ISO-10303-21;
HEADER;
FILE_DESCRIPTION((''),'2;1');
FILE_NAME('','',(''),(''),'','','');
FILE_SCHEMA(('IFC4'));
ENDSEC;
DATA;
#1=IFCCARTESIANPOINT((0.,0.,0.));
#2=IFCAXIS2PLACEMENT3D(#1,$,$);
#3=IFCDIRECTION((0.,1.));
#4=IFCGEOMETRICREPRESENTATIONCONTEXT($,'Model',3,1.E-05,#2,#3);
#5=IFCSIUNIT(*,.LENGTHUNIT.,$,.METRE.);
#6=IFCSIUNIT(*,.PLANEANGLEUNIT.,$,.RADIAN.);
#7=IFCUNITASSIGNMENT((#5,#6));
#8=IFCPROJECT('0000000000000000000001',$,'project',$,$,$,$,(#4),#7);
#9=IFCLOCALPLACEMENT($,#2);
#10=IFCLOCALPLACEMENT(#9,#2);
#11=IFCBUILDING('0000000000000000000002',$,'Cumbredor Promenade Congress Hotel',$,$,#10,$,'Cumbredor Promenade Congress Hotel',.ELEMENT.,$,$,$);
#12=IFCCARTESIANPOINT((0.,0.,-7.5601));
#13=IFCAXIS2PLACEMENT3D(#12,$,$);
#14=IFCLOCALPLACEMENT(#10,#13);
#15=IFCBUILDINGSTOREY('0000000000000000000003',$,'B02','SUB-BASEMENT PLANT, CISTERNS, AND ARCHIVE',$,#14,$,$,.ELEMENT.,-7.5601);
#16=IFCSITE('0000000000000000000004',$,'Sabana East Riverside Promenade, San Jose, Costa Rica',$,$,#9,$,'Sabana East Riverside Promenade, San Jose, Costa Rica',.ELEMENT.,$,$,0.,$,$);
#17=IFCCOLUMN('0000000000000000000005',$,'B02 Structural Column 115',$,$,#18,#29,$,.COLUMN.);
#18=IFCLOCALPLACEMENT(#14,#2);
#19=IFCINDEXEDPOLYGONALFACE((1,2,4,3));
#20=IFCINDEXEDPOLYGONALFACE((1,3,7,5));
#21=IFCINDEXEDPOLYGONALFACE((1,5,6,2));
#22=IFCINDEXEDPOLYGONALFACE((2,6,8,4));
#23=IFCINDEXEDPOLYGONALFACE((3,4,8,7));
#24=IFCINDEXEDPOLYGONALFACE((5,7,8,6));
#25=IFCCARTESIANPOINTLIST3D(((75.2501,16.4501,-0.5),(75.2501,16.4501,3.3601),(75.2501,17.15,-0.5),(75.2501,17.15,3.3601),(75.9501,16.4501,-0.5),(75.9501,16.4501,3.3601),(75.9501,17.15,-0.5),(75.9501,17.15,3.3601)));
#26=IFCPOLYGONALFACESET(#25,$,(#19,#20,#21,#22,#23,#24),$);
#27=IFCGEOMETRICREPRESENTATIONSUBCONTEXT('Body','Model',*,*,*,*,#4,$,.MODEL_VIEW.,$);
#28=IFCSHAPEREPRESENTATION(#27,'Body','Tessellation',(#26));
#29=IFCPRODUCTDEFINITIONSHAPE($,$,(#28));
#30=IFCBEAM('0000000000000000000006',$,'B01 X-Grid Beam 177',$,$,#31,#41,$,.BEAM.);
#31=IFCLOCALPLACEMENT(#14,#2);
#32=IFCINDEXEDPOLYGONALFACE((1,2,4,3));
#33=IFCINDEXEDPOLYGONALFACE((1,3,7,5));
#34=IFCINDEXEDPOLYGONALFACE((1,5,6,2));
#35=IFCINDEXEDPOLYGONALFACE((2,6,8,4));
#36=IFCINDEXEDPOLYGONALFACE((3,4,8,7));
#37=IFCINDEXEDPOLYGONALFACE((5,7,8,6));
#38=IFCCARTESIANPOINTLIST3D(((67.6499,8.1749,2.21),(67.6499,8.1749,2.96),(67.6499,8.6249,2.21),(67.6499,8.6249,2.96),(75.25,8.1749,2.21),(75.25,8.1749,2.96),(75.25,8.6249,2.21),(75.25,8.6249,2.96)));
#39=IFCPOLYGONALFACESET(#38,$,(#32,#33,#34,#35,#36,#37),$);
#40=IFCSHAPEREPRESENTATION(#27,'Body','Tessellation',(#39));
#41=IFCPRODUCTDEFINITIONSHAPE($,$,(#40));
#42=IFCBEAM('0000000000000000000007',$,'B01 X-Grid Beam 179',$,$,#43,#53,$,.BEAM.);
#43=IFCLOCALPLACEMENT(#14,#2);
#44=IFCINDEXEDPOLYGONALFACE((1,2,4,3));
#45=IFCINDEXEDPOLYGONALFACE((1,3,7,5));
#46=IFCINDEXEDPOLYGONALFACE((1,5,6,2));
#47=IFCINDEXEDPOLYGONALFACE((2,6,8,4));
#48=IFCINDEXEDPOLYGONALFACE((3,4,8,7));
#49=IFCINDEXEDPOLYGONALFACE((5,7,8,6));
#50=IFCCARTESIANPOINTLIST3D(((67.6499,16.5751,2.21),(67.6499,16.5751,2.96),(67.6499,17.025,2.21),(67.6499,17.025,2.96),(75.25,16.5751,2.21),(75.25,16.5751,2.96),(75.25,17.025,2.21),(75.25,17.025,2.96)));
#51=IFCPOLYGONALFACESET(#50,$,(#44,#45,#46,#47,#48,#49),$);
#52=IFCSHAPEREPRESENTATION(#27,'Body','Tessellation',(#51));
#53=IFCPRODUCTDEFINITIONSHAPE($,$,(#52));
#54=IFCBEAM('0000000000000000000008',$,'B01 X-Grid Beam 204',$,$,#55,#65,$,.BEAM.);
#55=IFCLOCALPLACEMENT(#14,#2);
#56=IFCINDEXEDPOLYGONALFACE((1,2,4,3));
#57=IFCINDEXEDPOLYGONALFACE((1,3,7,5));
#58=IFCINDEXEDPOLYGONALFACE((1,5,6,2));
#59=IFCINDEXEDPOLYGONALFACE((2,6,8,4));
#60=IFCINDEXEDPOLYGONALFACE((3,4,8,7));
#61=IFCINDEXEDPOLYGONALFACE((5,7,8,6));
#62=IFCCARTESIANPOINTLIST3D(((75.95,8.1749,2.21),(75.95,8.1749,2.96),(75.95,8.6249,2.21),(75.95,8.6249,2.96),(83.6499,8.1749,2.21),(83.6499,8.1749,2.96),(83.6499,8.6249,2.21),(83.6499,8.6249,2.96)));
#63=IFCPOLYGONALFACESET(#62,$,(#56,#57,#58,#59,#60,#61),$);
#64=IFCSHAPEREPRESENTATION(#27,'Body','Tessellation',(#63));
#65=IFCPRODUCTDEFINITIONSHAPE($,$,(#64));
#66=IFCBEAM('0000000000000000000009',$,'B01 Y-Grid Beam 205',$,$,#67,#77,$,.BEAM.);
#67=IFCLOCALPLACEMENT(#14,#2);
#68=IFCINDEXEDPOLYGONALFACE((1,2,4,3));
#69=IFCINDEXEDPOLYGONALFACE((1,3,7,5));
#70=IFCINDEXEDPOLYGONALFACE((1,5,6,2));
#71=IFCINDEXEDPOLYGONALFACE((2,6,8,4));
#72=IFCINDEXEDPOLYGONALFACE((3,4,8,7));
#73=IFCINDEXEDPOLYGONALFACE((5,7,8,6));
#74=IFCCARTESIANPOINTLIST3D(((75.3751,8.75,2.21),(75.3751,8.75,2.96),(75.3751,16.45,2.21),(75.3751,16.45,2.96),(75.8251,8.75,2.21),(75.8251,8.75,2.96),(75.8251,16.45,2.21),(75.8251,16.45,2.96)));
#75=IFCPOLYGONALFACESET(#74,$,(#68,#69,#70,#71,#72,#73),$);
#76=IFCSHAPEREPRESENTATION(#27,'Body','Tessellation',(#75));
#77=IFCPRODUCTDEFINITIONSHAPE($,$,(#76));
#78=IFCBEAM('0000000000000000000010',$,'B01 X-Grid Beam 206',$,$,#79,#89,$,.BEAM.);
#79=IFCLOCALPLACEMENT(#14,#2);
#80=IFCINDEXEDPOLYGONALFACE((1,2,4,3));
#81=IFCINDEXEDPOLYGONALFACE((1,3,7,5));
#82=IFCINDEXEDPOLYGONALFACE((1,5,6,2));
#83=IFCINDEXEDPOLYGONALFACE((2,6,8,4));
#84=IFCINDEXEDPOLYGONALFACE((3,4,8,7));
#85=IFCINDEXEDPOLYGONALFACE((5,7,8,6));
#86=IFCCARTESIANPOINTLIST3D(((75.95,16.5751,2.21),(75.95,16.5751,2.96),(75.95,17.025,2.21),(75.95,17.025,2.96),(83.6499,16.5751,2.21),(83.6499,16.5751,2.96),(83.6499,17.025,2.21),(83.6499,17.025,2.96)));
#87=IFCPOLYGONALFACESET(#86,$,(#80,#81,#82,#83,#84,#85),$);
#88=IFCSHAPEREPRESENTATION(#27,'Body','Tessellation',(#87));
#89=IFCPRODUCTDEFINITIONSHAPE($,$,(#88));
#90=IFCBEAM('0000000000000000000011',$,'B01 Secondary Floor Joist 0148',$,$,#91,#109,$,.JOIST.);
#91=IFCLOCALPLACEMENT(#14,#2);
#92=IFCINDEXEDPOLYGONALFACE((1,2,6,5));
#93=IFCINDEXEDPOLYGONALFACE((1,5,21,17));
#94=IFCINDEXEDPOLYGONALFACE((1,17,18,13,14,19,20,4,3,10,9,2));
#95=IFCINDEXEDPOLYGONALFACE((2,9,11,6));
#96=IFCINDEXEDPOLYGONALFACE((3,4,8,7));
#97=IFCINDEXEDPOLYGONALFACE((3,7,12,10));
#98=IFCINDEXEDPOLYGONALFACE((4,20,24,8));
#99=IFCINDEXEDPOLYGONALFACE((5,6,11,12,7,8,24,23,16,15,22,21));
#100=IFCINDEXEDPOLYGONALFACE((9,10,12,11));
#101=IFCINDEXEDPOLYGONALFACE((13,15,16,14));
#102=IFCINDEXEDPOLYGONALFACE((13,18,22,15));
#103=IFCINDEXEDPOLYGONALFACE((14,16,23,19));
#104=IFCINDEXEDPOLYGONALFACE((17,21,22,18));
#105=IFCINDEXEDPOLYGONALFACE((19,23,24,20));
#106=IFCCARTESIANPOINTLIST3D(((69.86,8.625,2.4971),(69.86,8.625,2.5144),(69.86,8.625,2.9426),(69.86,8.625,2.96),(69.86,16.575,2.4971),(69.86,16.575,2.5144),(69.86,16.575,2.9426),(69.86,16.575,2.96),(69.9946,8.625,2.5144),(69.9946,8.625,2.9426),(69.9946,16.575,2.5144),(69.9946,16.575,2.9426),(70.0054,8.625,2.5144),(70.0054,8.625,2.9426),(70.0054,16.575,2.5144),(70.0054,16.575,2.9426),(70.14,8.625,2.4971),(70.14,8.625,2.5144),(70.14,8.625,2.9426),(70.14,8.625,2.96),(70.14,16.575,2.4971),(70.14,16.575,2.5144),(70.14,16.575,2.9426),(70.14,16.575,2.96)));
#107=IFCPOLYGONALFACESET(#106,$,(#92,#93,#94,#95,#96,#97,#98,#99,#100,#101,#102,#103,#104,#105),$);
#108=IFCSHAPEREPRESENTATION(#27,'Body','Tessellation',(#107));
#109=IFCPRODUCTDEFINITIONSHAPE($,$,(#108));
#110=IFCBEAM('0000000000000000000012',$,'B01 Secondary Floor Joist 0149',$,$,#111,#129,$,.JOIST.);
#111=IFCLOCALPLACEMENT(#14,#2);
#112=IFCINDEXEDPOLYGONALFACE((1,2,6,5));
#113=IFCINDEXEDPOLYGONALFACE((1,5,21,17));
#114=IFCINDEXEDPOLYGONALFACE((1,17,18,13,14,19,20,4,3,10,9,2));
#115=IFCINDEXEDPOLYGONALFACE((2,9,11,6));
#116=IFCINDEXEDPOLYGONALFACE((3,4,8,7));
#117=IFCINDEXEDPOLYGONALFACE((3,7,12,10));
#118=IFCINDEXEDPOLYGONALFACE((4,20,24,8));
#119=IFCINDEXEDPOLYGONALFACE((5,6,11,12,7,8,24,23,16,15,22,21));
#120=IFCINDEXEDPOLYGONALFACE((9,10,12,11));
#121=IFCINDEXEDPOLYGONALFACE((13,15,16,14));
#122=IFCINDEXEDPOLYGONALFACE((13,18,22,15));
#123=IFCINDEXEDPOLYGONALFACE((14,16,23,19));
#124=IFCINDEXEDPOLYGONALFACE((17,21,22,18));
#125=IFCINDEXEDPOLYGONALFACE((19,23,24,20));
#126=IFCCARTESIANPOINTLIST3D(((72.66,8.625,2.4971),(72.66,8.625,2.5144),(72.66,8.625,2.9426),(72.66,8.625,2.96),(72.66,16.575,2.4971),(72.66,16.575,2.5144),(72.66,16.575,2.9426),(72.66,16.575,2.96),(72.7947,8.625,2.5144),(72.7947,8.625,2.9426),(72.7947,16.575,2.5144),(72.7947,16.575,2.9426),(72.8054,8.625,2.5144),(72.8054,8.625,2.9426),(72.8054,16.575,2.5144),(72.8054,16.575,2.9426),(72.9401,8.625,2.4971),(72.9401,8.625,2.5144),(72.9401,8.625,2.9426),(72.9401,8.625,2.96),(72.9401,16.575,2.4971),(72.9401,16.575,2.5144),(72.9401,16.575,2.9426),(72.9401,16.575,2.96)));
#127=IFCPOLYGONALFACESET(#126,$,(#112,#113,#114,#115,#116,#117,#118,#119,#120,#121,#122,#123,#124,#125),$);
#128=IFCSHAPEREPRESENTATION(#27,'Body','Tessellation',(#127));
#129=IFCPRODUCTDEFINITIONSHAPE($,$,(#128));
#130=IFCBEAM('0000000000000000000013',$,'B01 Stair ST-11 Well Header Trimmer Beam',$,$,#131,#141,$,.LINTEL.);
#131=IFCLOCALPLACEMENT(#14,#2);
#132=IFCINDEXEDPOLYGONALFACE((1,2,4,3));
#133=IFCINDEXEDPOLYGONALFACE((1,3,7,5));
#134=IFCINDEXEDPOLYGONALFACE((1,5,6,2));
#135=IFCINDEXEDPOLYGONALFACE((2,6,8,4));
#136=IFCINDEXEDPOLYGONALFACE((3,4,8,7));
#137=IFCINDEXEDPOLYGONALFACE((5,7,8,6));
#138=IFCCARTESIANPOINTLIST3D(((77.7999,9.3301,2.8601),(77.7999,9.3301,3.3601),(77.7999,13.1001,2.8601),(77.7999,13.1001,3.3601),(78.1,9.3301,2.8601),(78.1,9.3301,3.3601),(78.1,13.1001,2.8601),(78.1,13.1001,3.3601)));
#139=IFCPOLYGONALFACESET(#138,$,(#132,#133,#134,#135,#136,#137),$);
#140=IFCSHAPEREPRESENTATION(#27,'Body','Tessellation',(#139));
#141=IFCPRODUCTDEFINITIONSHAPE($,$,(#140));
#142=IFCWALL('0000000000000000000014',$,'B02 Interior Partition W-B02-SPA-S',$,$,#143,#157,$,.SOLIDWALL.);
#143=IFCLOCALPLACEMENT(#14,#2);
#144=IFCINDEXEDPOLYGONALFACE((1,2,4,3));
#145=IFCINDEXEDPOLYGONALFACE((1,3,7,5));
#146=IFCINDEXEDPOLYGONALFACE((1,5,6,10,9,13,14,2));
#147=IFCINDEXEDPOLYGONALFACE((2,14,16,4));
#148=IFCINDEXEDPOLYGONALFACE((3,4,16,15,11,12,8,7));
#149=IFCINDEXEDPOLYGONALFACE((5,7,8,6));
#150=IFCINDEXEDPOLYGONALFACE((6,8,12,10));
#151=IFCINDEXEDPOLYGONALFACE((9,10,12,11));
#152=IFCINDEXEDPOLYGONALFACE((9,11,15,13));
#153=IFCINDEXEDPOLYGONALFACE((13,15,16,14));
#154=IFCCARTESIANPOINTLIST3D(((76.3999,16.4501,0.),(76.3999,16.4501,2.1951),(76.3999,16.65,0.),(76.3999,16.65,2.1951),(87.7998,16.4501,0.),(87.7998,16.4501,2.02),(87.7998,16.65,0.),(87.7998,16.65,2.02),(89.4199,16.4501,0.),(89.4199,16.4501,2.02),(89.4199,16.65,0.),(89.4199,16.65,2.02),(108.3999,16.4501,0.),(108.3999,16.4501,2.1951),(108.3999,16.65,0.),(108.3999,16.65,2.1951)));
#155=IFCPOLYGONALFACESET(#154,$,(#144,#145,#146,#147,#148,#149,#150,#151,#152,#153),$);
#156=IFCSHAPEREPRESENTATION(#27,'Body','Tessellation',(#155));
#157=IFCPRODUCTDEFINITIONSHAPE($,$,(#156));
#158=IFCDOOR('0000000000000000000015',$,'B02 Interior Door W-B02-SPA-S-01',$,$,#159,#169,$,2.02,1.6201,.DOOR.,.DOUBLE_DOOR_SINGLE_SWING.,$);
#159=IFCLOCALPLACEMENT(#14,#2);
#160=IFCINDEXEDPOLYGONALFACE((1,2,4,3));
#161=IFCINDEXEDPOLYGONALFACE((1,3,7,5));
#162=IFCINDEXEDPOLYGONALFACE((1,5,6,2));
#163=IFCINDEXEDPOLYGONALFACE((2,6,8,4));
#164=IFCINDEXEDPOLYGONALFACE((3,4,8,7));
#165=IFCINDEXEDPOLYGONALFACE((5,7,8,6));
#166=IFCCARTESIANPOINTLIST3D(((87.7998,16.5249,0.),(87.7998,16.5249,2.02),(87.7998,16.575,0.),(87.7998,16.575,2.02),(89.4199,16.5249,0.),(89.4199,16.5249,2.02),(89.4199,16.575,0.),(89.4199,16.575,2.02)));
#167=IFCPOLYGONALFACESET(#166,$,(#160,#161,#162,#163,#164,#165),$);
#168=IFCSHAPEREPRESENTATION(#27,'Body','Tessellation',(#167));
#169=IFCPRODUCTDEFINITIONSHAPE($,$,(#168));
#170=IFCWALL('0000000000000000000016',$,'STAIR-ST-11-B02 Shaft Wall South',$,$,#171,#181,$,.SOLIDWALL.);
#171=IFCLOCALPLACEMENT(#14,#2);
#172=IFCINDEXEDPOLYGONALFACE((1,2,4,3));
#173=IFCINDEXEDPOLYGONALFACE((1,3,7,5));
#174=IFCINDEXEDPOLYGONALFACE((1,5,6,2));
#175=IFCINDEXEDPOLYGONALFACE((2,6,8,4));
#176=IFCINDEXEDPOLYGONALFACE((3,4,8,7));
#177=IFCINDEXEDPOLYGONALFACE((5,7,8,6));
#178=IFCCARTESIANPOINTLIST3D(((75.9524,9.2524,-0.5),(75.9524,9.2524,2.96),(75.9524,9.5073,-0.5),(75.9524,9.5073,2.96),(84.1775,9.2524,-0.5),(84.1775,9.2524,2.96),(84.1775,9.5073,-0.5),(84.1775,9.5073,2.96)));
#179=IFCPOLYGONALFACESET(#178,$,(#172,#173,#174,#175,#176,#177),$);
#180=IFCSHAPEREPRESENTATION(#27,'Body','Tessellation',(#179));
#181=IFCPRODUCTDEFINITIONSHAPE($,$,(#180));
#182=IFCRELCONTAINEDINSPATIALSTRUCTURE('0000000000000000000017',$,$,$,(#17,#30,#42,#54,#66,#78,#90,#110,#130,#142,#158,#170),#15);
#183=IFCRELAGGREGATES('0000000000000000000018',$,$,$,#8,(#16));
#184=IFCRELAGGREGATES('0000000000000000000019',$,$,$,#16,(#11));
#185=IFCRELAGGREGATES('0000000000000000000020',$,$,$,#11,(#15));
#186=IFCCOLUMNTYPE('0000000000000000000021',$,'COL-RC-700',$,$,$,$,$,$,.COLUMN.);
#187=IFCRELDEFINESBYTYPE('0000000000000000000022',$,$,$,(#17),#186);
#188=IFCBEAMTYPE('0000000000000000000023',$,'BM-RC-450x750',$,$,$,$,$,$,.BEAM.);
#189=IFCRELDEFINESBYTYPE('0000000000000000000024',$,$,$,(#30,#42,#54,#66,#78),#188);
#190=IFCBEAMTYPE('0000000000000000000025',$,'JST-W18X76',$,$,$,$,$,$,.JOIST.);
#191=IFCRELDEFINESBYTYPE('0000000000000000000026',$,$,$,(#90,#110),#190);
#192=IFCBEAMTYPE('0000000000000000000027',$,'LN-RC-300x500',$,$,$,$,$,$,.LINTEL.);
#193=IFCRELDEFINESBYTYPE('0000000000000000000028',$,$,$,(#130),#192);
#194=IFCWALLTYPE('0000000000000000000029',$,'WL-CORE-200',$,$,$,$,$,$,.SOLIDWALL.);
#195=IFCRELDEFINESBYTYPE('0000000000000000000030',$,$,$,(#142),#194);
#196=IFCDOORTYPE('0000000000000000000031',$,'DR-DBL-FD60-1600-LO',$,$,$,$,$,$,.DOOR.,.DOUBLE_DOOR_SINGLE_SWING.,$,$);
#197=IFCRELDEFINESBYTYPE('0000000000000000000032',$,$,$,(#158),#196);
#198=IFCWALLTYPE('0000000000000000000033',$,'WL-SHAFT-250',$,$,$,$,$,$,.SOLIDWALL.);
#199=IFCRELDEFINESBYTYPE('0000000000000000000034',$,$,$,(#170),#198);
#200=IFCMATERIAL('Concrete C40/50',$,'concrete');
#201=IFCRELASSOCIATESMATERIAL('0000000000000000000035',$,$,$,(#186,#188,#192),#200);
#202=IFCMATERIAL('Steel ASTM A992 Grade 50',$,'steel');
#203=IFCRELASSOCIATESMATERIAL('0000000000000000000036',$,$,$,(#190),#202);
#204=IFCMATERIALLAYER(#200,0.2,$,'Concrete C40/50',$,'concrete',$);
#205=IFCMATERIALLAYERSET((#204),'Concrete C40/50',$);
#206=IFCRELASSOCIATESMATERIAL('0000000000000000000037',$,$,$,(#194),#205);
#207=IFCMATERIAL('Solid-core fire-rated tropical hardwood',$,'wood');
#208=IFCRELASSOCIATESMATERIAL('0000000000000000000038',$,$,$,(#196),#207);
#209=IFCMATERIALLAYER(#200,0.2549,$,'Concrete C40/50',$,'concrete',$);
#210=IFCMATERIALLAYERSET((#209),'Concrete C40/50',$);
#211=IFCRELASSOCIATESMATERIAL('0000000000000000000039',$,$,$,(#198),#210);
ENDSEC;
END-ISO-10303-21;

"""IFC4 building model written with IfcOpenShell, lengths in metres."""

from ifc_helpers import new_model, si_unit, direction, frame, frame_2d, origin, origin_2d, place, context, subcontext, project, spatial, rectangle, i_section, extrude, material, layer, layer_set, material_profile, profile_set, type_object, element, fill, save


model = new_model("IFC4")

# Units and contexts
model_context = context("Model", 3, precision=1e-05, world=origin(), true_north=direction((0.0, 1.0)))
body_context = subcontext(model_context, "Body", "Model", "MODEL_VIEW")
ifc_project = project(units=[si_unit("LENGTHUNIT", "METRE"), si_unit("PLANEANGLEUNIT", "RADIAN")], contexts=[model_context])

# Site, building, storey
site_placement = place(None, origin())
site = spatial("IfcSite", under=ifc_project, at=site_placement, Name="Sabana East Riverside Promenade, San Jose, Costa Rica", LongName="Sabana East Riverside Promenade, San Jose, Costa Rica", CompositionType="ELEMENT", RefElevation=0.0)
building_placement = place(site_placement, origin())
building = spatial("IfcBuilding", under=site, at=building_placement, Name="Cumbredor Promenade Congress Hotel", LongName="Cumbredor Promenade Congress Hotel", CompositionType="ELEMENT")
storey_placement = place(building_placement, frame((0.0, 0.0, -7.5601)))
storey = spatial("IfcBuildingStorey", under=building, at=storey_placement, Name="B02", Description="SUB-BASEMENT PLANT, CISTERNS, AND ARCHIVE", CompositionType="ELEMENT", Elevation=-7.5601)

# Shared definitions
ifc_material_1 = material(Name="Concrete C40/50", Category="concrete")

# Column
ifc_material_profile_1 = material_profile(ifc_material_1, rectangle(XDim=0.7, YDim=0.7, at=origin_2d()), Name="RC 700x700")
ifc_profile_set_1 = profile_set([ifc_material_profile_1], Name="Concrete C40/50")
column_type = type_object("IfcColumnType", Name="COL-RC-700", PredefinedType="COLUMN", material=ifc_profile_set_1)
for number, where, z_axis, x_axis, name in (
    (1, (75.6001, 16.8, -0.5), (0.0, 0.0, 1.0), (1.0, 0.0, 0.0), "B02 Structural Column 115"),
):
    element("IfcColumn", number, at=place(storey_placement, frame(where, z_axis=z_axis, x_axis=x_axis)), inside=storey, type_object=column_type, Name=name, PredefinedType="COLUMN", context=body_context, shape_type="SweptSolid", body=[
        extrude(rectangle(XDim=0.7, YDim=0.7, at=origin_2d()), origin(), (0.0, 0.0, 1.0), 3.8601),
    ])

# Beams
ifc_material_profile_2 = material_profile(ifc_material_1, rectangle(XDim=0.45, YDim=0.75, at=origin_2d()), Name="RC BEAM 450x750")
ifc_profile_set_2 = profile_set([ifc_material_profile_2], Name="Concrete C40/50")
beam_type_1 = type_object("IfcBeamType", Name="BM-RC-450x750", PredefinedType="BEAM", material=ifc_profile_set_2)
for number, where, z_axis, x_axis, name in (
    (2, (67.6499, 8.3999, 2.585), (1.0, 0.0, 0.0), (0.0, 1.0, 0.0), "B01 X-Grid Beam 177"),
    (3, (67.6499, 16.8, 2.585), (1.0, 0.0, 0.0), (0.0, 1.0, 0.0), "B01 X-Grid Beam 179"),
):
    element("IfcBeam", number, at=place(storey_placement, frame(where, z_axis=z_axis, x_axis=x_axis)), inside=storey, type_object=beam_type_1, Name=name, PredefinedType="BEAM", context=body_context, shape_type="SweptSolid", body=[
        extrude(rectangle(XDim=0.45, YDim=0.75, at=origin_2d()), origin(), (0.0, 0.0, 1.0), 7.6001),
    ])
for number, where, z_axis, x_axis, name in (
    (4, (75.95, 8.3999, 2.585), (1.0, 0.0, 0.0), (0.0, 1.0, 0.0), "B01 X-Grid Beam 204"),
    (5, (75.6001, 8.75, 2.585), (0.0, 1.0, 0.0), (-1.0, 0.0, 0.0), "B01 Y-Grid Beam 205"),
    (6, (75.95, 16.8, 2.585), (1.0, 0.0, 0.0), (0.0, 1.0, 0.0), "B01 X-Grid Beam 206"),
):
    element("IfcBeam", number, at=place(storey_placement, frame(where, z_axis=z_axis, x_axis=x_axis)), inside=storey, type_object=beam_type_1, Name=name, PredefinedType="BEAM", context=body_context, shape_type="SweptSolid", body=[
        extrude(rectangle(XDim=0.45, YDim=0.75, at=origin_2d()), origin(), (0.0, 0.0, 1.0), 7.7),
    ])
ifc_material_2 = material(Name="Steel ASTM A992 Grade 50", Category="steel")
ifc_material_profile_3 = material_profile(ifc_material_2, i_section(OverallWidth=0.28, OverallDepth=0.4629, WebThickness=0.0107, FlangeThickness=0.0173, at=origin_2d()), Name="W18X76")
ifc_profile_set_3 = profile_set([ifc_material_profile_3], Name="Steel ASTM A992 Grade 50")
beam_type_2 = type_object("IfcBeamType", Name="JST-W18X76", PredefinedType="JOIST", material=ifc_profile_set_3)
for number, where, z_axis, x_axis, name in (
    (7, (70.0, 8.625, 2.7285), (0.0, 1.0, 0.0), (-1.0, 0.0, 0.0), "B01 Secondary Floor Joist 0148"),
    (8, (72.8, 8.625, 2.7285), (0.0, 1.0, 0.0), (-1.0, 0.0, 0.0), "B01 Secondary Floor Joist 0149"),
):
    element("IfcBeam", number, at=place(storey_placement, frame(where, z_axis=z_axis, x_axis=x_axis)), inside=storey, type_object=beam_type_2, Name=name, PredefinedType="JOIST", context=body_context, shape_type="SweptSolid", body=[
        extrude(i_section(OverallWidth=0.28, OverallDepth=0.4629, WebThickness=0.0107, FlangeThickness=0.0173, at=origin_2d()), origin(), (0.0, 0.0, 1.0), 7.95),
    ])
ifc_material_profile_4 = material_profile(ifc_material_1, rectangle(XDim=0.3, YDim=0.5, at=origin_2d()), Name="RC LINTEL 300x500")
ifc_profile_set_4 = profile_set([ifc_material_profile_4], Name="Concrete C40/50")
beam_type_3 = type_object("IfcBeamType", Name="LN-RC-300x500", PredefinedType="LINTEL", material=ifc_profile_set_4)
beam_placement = place(storey_placement, frame((77.95, 9.3301, 3.1101), z_axis=(0.0, 1.0, 0.0), x_axis=(-1.0, 0.0, 0.0)))
element("IfcBeam", 9, at=beam_placement, inside=storey, type_object=beam_type_3, Name="B01 Stair ST-11 Well Header Trimmer Beam", PredefinedType="LINTEL", context=body_context, shape_type="SweptSolid", body=[
    extrude(rectangle(XDim=0.3, YDim=0.5, at=origin_2d()), origin(), (0.0, 0.0, 1.0), 3.77),
])

# Wall, opening, door
ifc_layer_1 = layer(ifc_material_1, 0.2, Name="Concrete C40/50", Category="concrete")
ifc_layer_set_1 = layer_set([ifc_layer_1], Name="Concrete C40/50")
wall_type_1 = type_object("IfcWallType", Name="WL-CORE-200", PredefinedType="SOLIDWALL", material=ifc_layer_set_1)
wall_1_placement = place(storey_placement, frame((76.3999, 16.55, 0.0), z_axis=(0.0, 0.0, 1.0), x_axis=(1.0, 0.0, 0.0)))
wall_1 = element("IfcWall", 10, at=wall_1_placement, inside=storey, type_object=wall_type_1, Name="B02 Interior Partition W-B02-SPA-S", PredefinedType="SOLIDWALL", context=body_context, shape_type="SweptSolid", body=[
    extrude(rectangle(XDim=32.0, YDim=0.2, at=frame_2d((16.0, 0.0))), origin(), (0.0, 0.0, 1.0), 2.1951),
])
opening_1_placement = place(wall_1_placement, frame((11.3999, 0.0, 0.0)))
opening_1 = element("IfcOpeningElement", 11, at=opening_1_placement, cuts=wall_1, PredefinedType="OPENING", context=body_context, shape_type="SweptSolid", body=[
    extrude(rectangle(XDim=1.6201, YDim=2.02, at=frame_2d((0.8101, 1.01))), frame((0.0, 0.1099, 0.0), z_axis=(0.0, -1.0, 0.0), x_axis=(1.0, 0.0, 0.0)), (0.0, 0.0, 1.0), 0.22),
])
ifc_material_3 = material(Name="Solid-core fire-rated tropical hardwood", Category="wood")
door_type_1 = type_object("IfcDoorType", Name="DR-DBL-FD60-1600-LO", OperationType="DOUBLE_DOOR_SINGLE_SWING", PredefinedType="DOOR", material=ifc_material_3)
door_1_placement = place(opening_1_placement, origin())
door_1 = element("IfcDoor", 12, at=door_1_placement, inside=storey, type_object=door_type_1, Name="B02 Interior Door W-B02-SPA-S-01", OperationType="DOUBLE_DOOR_SINGLE_SWING", OverallHeight=2.02, OverallWidth=1.6201, PredefinedType="DOOR", context=body_context, shape_type="SweptSolid", body=[
    extrude(rectangle(XDim=1.6201, YDim=2.02, at=frame_2d((0.8101, 1.01))), frame((0.0, 0.0249, 0.0), z_axis=(0.0, -1.0, 0.0), x_axis=(1.0, 0.0, 0.0)), (0.0, 0.0, 1.0), 0.05),
])
fill(opening_1, door_1)

# Wall
ifc_layer_2 = layer(ifc_material_1, 0.2549, Name="Concrete C40/50", Category="concrete")
ifc_layer_set_2 = layer_set([ifc_layer_2], Name="Concrete C40/50")
wall_type_2 = type_object("IfcWallType", Name="WL-SHAFT-250", PredefinedType="SOLIDWALL", material=ifc_layer_set_2)
wall_2_placement = place(storey_placement, frame((75.9524, 9.3799, -0.5), z_axis=(0.0, 0.0, 1.0), x_axis=(1.0, 0.0, 0.0)))
element("IfcWall", 13, at=wall_2_placement, inside=storey, type_object=wall_type_2, Name="STAIR-ST-11-B02 Shaft Wall South", PredefinedType="SOLIDWALL", context=body_context, shape_type="SweptSolid", body=[
    extrude(rectangle(XDim=8.2251, YDim=0.2549, at=frame_2d((4.1125, 0.0))), origin(), (0.0, 0.0, 1.0), 3.46),
])

save(model, "model.ifc")
